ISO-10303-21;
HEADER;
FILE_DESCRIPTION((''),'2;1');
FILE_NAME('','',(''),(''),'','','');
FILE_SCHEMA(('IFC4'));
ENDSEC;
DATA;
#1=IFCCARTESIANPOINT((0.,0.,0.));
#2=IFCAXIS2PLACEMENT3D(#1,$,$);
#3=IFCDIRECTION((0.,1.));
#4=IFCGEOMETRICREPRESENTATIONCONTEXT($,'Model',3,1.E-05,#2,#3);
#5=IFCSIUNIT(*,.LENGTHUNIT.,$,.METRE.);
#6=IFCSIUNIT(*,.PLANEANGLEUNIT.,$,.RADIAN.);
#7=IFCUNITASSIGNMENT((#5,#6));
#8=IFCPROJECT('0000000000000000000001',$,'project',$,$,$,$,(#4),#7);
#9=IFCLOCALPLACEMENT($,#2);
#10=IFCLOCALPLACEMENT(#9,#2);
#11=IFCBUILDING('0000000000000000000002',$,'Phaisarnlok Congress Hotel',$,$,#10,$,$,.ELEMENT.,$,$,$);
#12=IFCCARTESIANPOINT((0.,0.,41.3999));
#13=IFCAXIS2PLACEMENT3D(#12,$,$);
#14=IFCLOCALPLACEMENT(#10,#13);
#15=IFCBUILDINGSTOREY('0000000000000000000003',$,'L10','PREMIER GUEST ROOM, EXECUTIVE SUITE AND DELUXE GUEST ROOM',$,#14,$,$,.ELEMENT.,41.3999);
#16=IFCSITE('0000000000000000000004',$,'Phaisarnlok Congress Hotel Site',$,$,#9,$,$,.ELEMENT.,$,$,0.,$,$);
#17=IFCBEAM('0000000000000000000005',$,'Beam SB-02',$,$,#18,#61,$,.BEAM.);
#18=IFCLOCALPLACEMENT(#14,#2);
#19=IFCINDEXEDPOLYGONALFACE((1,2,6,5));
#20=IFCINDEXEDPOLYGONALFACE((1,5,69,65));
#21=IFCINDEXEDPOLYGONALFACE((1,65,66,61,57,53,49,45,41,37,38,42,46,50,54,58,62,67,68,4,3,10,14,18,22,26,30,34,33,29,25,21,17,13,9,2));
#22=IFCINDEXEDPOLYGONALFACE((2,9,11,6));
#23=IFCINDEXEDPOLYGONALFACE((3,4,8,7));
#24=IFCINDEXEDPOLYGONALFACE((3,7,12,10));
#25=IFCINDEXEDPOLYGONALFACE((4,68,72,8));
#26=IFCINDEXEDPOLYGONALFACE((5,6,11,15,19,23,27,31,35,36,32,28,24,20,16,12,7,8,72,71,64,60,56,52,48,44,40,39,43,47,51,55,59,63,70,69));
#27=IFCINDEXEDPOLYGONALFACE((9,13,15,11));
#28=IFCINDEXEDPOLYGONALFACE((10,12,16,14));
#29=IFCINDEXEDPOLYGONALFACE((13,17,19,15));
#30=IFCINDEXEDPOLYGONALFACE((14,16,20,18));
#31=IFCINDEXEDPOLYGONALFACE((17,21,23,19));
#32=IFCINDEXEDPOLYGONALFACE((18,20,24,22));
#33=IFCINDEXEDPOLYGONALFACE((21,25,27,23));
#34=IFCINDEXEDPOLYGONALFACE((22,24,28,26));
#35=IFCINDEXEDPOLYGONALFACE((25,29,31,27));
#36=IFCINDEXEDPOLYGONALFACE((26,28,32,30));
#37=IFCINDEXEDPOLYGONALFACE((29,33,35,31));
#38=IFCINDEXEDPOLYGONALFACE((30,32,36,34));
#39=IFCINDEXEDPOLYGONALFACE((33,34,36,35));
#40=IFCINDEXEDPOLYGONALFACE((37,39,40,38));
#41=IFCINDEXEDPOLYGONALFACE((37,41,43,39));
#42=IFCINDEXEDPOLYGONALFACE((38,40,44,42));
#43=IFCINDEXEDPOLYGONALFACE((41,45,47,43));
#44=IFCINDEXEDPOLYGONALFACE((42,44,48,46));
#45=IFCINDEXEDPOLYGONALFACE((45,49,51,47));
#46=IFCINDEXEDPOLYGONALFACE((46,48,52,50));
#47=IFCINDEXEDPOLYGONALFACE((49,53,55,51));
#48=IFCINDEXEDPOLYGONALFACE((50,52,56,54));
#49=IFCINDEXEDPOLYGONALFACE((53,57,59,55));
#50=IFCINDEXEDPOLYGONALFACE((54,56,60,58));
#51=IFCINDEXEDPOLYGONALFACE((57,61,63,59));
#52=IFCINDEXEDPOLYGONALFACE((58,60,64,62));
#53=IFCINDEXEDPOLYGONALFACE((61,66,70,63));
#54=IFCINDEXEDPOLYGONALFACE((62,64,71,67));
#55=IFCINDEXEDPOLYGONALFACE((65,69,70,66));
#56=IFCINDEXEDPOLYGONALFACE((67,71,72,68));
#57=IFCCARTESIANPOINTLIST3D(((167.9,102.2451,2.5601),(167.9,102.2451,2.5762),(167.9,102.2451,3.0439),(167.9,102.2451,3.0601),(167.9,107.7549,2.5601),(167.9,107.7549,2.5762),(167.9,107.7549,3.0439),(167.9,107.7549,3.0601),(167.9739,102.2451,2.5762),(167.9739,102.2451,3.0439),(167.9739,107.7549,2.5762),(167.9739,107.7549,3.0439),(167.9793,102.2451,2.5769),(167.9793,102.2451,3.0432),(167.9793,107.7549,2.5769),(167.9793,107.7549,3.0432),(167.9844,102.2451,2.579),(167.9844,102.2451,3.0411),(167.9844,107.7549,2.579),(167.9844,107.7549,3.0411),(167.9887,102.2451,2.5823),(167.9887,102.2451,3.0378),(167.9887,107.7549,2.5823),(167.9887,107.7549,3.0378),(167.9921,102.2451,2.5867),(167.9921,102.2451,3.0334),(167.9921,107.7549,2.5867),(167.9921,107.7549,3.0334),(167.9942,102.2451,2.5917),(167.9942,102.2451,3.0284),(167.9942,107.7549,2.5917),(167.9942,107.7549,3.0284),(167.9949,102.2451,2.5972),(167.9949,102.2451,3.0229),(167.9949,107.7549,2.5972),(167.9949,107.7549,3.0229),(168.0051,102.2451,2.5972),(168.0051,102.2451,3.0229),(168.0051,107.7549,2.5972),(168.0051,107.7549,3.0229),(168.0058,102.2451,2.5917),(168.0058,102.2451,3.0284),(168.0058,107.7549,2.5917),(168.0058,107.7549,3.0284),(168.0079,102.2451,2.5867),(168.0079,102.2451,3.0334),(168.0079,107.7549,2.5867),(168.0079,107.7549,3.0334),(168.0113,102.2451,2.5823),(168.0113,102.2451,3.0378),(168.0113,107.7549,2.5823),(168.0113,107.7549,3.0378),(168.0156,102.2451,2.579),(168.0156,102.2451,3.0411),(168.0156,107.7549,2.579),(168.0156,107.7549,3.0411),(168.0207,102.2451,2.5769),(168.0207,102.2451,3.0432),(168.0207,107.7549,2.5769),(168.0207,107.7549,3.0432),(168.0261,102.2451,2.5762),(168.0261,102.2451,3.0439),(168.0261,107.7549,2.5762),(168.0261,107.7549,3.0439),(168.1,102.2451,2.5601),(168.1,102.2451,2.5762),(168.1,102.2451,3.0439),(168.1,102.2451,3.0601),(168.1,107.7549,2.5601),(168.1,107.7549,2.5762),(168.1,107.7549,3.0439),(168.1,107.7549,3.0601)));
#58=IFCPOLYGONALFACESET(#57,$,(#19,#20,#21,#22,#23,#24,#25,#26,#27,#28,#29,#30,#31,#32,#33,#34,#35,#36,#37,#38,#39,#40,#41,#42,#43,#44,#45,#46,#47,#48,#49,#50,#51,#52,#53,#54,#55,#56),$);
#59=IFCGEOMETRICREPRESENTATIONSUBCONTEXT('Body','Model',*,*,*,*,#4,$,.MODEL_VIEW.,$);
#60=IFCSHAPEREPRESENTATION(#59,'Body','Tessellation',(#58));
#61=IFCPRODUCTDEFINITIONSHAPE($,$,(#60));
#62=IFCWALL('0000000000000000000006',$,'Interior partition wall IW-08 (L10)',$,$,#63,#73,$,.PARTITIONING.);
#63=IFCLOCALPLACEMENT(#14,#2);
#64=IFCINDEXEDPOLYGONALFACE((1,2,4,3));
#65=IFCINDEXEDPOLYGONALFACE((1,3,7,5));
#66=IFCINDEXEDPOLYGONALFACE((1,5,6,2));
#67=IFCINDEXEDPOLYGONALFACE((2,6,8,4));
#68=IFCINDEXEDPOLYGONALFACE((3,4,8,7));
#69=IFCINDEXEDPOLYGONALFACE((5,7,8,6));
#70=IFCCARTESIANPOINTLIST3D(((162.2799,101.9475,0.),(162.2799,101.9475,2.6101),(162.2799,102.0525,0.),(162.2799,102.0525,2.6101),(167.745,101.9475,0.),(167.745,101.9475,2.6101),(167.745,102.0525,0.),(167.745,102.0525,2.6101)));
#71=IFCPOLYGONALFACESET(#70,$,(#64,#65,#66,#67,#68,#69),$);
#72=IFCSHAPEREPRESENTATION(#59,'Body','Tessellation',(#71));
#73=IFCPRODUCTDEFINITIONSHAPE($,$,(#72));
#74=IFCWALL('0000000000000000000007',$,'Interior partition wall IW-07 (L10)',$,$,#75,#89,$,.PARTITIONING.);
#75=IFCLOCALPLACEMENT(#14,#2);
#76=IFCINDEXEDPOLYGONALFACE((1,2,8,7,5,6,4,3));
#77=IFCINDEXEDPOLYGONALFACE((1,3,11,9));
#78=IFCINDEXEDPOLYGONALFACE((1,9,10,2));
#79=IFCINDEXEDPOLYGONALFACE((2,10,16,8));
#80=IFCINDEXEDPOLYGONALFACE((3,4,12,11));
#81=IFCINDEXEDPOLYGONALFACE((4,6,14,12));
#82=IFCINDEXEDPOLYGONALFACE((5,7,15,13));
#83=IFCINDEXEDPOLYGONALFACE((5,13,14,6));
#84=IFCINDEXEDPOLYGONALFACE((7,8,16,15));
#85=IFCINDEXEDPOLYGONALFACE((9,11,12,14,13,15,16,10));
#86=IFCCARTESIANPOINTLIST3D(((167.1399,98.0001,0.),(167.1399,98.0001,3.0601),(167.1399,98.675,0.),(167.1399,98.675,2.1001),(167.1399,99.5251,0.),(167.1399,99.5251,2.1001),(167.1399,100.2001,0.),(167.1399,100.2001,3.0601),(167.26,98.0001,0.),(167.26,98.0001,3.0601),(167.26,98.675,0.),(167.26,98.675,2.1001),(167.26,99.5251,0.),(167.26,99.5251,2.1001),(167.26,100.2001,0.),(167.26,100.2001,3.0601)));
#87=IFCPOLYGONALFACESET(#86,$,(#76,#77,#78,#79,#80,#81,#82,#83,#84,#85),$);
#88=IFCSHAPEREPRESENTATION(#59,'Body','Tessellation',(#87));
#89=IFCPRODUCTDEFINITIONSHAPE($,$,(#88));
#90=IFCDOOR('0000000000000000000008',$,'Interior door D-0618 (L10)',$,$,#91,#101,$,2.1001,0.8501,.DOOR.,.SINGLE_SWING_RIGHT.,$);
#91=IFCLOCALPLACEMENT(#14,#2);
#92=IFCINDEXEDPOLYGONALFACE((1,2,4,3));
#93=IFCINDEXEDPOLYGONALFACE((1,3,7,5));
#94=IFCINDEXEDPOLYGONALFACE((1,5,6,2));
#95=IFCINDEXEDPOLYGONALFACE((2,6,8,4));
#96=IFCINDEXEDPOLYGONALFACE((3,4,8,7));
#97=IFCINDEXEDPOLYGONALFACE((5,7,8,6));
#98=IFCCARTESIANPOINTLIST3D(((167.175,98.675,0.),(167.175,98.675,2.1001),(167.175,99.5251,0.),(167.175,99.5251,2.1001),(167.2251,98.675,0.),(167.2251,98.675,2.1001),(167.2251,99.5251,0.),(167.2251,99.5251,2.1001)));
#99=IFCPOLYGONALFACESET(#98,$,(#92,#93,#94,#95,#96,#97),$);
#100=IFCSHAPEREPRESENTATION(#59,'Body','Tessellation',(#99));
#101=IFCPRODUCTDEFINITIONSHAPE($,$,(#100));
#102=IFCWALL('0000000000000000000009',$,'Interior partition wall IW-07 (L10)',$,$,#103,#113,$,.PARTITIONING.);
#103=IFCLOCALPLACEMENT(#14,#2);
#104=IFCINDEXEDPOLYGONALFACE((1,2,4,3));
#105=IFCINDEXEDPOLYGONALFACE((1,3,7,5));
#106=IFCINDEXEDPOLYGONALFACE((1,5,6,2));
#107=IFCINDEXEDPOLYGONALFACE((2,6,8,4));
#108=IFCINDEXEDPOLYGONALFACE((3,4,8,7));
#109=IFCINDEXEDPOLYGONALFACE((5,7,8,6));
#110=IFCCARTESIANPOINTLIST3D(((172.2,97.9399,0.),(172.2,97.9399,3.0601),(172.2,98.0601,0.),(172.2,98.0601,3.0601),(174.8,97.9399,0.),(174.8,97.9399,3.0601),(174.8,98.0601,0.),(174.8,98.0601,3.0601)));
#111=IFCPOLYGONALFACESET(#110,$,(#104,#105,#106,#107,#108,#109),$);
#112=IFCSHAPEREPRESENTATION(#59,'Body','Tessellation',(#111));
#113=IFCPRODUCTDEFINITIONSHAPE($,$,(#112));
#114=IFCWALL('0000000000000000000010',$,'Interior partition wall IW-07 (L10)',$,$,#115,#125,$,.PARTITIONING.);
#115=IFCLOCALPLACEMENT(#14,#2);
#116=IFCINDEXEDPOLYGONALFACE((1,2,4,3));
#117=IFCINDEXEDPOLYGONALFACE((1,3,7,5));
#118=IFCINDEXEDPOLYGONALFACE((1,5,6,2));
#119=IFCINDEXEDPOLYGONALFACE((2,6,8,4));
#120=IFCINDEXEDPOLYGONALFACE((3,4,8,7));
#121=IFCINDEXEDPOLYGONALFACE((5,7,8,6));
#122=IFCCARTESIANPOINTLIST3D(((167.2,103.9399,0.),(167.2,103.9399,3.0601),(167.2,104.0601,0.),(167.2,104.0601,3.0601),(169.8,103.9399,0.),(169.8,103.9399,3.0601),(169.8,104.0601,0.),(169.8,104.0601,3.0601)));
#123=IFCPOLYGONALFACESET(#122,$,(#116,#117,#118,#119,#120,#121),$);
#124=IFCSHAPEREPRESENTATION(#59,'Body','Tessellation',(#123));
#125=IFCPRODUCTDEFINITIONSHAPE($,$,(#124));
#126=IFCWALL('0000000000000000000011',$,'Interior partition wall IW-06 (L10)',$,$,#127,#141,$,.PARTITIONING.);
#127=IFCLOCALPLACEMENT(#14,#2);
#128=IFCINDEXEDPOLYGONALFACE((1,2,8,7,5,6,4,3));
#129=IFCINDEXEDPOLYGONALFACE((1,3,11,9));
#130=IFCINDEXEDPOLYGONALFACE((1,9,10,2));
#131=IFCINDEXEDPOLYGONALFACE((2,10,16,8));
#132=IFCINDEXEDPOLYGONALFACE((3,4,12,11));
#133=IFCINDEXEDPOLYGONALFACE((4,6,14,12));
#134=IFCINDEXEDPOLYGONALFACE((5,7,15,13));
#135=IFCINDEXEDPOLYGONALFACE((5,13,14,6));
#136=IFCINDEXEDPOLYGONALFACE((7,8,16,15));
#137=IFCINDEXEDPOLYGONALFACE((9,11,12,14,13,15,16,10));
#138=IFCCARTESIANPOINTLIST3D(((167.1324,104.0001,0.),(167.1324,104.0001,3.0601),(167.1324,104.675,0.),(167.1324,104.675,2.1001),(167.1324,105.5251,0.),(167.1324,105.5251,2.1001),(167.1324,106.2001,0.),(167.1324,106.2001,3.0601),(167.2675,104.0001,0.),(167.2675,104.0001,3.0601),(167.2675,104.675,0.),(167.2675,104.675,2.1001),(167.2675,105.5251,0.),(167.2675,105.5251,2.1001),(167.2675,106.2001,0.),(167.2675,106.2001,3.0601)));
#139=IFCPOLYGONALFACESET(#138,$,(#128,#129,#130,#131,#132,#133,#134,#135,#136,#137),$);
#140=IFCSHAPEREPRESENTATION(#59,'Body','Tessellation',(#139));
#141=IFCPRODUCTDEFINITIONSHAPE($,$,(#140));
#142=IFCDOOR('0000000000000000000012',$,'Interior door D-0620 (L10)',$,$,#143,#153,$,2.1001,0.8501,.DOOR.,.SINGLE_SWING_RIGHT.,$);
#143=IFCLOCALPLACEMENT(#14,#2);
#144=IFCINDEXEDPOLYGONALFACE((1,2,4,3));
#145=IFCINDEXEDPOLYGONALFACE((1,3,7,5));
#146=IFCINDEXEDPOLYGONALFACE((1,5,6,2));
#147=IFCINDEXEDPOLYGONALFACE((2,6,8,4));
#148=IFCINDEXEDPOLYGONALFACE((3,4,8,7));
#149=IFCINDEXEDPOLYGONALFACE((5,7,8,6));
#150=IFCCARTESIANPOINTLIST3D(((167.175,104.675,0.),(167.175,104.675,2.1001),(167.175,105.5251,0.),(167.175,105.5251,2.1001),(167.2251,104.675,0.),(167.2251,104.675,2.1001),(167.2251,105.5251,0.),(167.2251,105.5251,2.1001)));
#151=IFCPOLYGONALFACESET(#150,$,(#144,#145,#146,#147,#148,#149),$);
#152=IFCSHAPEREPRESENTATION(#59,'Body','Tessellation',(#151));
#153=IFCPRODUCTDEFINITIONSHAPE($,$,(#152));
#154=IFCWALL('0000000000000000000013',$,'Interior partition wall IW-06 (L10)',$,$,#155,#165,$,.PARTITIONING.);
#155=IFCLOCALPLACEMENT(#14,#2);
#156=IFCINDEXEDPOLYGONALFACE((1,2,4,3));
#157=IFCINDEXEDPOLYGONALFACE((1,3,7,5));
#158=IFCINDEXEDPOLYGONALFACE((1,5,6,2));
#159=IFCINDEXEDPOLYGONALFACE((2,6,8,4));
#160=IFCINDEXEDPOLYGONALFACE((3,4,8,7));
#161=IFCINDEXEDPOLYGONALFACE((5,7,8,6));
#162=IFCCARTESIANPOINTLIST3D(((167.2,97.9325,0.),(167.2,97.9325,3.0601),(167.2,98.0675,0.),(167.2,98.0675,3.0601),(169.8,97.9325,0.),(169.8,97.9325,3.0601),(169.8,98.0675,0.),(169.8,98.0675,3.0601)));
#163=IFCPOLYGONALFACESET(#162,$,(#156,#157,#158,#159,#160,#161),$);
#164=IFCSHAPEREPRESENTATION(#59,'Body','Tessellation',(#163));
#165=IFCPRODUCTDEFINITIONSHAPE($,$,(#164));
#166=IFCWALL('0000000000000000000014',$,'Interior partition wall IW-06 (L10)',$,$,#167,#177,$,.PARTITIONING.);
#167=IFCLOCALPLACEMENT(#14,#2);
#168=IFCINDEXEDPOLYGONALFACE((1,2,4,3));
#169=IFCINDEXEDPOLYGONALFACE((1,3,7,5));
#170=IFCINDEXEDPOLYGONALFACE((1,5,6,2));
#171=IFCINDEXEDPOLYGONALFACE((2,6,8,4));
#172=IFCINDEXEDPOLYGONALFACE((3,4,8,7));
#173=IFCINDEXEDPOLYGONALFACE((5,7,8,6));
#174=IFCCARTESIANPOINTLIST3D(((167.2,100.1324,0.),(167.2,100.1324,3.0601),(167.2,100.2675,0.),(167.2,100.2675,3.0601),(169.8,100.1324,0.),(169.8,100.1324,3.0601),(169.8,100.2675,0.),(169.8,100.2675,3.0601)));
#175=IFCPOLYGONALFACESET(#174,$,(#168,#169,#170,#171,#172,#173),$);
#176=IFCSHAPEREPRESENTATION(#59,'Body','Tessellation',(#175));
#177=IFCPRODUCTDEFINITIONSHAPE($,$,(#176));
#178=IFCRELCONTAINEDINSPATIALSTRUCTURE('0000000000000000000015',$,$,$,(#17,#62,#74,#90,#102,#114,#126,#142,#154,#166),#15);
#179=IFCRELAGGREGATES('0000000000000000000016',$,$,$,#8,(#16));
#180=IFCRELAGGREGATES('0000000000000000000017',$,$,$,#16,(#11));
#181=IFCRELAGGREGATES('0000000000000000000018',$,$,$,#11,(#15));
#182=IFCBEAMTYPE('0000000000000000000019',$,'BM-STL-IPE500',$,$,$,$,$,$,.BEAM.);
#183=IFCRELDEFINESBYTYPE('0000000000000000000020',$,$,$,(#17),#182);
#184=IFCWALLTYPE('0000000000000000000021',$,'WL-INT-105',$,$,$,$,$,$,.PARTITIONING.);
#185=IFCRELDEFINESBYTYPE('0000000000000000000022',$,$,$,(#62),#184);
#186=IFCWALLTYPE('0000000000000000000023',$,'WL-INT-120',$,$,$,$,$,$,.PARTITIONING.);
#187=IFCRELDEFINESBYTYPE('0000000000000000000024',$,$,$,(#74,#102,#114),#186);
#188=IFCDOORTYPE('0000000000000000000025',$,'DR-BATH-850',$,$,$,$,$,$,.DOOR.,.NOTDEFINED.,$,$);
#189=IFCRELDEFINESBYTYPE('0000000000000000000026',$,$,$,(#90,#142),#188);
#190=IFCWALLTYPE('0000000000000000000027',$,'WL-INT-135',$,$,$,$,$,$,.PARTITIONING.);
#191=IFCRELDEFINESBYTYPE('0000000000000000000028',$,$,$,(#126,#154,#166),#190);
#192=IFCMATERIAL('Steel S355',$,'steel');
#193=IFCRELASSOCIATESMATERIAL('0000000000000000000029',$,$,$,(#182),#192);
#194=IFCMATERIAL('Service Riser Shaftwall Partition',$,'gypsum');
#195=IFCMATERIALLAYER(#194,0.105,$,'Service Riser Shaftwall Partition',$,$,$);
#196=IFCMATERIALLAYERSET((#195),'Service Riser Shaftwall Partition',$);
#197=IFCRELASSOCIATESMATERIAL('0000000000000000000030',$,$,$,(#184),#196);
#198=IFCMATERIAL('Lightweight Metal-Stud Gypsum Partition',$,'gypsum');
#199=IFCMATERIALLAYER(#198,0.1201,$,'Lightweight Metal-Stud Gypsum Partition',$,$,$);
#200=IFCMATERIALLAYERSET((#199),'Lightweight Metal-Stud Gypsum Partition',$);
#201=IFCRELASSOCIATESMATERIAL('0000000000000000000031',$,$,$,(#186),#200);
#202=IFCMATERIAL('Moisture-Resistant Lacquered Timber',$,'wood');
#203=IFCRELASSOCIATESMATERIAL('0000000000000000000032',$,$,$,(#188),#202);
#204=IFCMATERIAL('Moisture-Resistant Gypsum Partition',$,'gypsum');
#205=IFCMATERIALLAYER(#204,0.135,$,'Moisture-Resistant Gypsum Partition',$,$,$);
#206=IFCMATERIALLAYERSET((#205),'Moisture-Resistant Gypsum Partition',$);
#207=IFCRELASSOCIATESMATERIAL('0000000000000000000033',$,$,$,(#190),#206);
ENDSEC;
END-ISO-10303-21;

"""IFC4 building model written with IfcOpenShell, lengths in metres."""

from ifc_helpers import new_model, si_unit, direction, frame, frame_2d, origin, origin_2d, place, context, subcontext, project, spatial, rectangle, i_section, extrude, material, layer, layer_set, material_profile, profile_set, type_object, element, fill, save


model = new_model("IFC4")

# Units and contexts
model_context = context("Model", 3, precision=1e-05, world=origin(), true_north=direction((0.0, 1.0)))
body_context = subcontext(model_context, "Body", "Model", "MODEL_VIEW")
ifc_project = project(units=[si_unit("LENGTHUNIT", "METRE"), si_unit("PLANEANGLEUNIT", "RADIAN")], contexts=[model_context])

# Site, building, storey
site_placement = place(None, origin())
site = spatial("IfcSite", under=ifc_project, at=site_placement, Name="Phaisarnlok Congress Hotel Site", CompositionType="ELEMENT", RefElevation=0.0)
building_placement = place(site_placement, origin())
building = spatial("IfcBuilding", under=site, at=building_placement, Name="Phaisarnlok Congress Hotel", CompositionType="ELEMENT")
storey_placement = place(building_placement, frame((0.0, 0.0, 41.3999)))
storey = spatial("IfcBuildingStorey", under=building, at=storey_placement, Name="L10", Description="PREMIER GUEST ROOM, EXECUTIVE SUITE AND DELUXE GUEST ROOM", CompositionType="ELEMENT", Elevation=41.3999)

# Beam
ifc_material_1 = material(Name="Steel S355", Category="steel")
ifc_material_profile_1 = material_profile(ifc_material_1, i_section(OverallWidth=0.2, OverallDepth=0.5, WebThickness=0.0103, FlangeThickness=0.0161, FilletRadius=0.021, at=origin_2d()), Name="IPE 500")
ifc_profile_set_1 = profile_set([ifc_material_profile_1], Name="Steel S355")
beam_type_1 = type_object("IfcBeamType", Name="BM-STL-IPE500", PredefinedType="BEAM", material=ifc_profile_set_1)
beam_1_placement = place(storey_placement, frame((168.0, 102.2451, 2.8101), z_axis=(0.0, 1.0, 0.0), x_axis=(-1.0, 0.0, 0.0)))
element("IfcBeam", 1, at=beam_1_placement, inside=storey, type_object=beam_type_1, Name="Beam SB-02", PredefinedType="BEAM", context=body_context, shape_type="SweptSolid", body=[
    extrude(i_section(OverallWidth=0.2, OverallDepth=0.5, WebThickness=0.0103, FlangeThickness=0.0161, FilletRadius=0.021, at=origin_2d()), origin(), (0.0, 0.0, 1.0), 5.5098),
])

# Wall
ifc_material_2 = material(Name="Service Riser Shaftwall Partition", Category="gypsum")
ifc_layer_1 = layer(ifc_material_2, 0.105, Name="Service Riser Shaftwall Partition")
ifc_layer_set_1 = layer_set([ifc_layer_1], Name="Service Riser Shaftwall Partition")
wall_type_1 = type_object("IfcWallType", Name="WL-INT-105", PredefinedType="PARTITIONING", material=ifc_layer_set_1)
wall_1_placement = place(storey_placement, frame((162.28, 102.0, 0.0), z_axis=(0.0, 0.0, 1.0), x_axis=(1.0, 0.0, 0.0)))
element("IfcWall", 2, at=wall_1_placement, inside=storey, type_object=wall_type_1, Name="Interior partition wall IW-08 (L10)", PredefinedType="PARTITIONING", context=body_context, shape_type="SweptSolid", body=[
    extrude(rectangle(XDim=5.4651, YDim=0.105, at=frame_2d((2.7324, 0.0))), origin(), (0.0, 0.0, 1.0), 2.6101),
])

# Wall, opening, door
ifc_material_3 = material(Name="Lightweight Metal-Stud Gypsum Partition", Category="gypsum")
ifc_layer_2 = layer(ifc_material_3, 0.1201, Name="Lightweight Metal-Stud Gypsum Partition")
ifc_layer_set_2 = layer_set([ifc_layer_2], Name="Lightweight Metal-Stud Gypsum Partition")
wall_type_2 = type_object("IfcWallType", Name="WL-INT-120", PredefinedType="PARTITIONING", material=ifc_layer_set_2)
wall_2_placement = place(storey_placement, frame((167.2, 98.0, 0.0), z_axis=(0.0, 0.0, 1.0), x_axis=(0.0, 1.0, 0.0)))
wall_2 = element("IfcWall", 3, at=wall_2_placement, inside=storey, type_object=wall_type_2, Name="Interior partition wall IW-07 (L10)", PredefinedType="PARTITIONING", context=body_context, shape_type="SweptSolid", body=[
    extrude(rectangle(XDim=2.2, YDim=0.1201, at=frame_2d((1.1001, 0.0))), origin(), (0.0, 0.0, 1.0), 3.0601),
])
opening_1_placement = place(wall_2_placement, frame((0.675, 0.0, 0.0)))
opening_1 = element("IfcOpeningElement", 4, at=opening_1_placement, cuts=wall_2, PredefinedType="OPENING", context=body_context, shape_type="SweptSolid", body=[
    extrude(rectangle(XDim=0.8501, YDim=2.1001, at=frame_2d((0.425, 1.05))), frame((0.0, 0.0701, 0.0), z_axis=(0.0, -1.0, 0.0), x_axis=(1.0, 0.0, 0.0)), (0.0, 0.0, 1.0), 0.1401),
])
ifc_material_4 = material(Name="Moisture-Resistant Lacquered Timber", Category="wood")
door_type = type_object("IfcDoorType", Name="DR-BATH-850", OperationType="NOTDEFINED", PredefinedType="DOOR", material=ifc_material_4)
door_1_placement = place(opening_1_placement, origin())
door_1 = element("IfcDoor", 5, at=door_1_placement, inside=storey, type_object=door_type, Name="Interior door D-0618 (L10)", OperationType="SINGLE_SWING_RIGHT", OverallHeight=2.1001, OverallWidth=0.8501, PredefinedType="DOOR", context=body_context, shape_type="SweptSolid", body=[
    extrude(rectangle(XDim=0.8501, YDim=2.1001, at=frame_2d((0.425, 1.05))), frame((0.0, 0.0249, 0.0), z_axis=(0.0, -1.0, 0.0), x_axis=(1.0, 0.0, 0.0)), (0.0, 0.0, 1.0), 0.05),
])
fill(opening_1, door_1)

# Walls
for number, where, z_axis, x_axis, name in (
    (6, (172.2, 98.0, 0.0), (0.0, 0.0, 1.0), (1.0, 0.0, 0.0), "Interior partition wall IW-07 (L10)"),
    (7, (167.2, 104.0, 0.0), (0.0, 0.0, 1.0), (1.0, 0.0, 0.0), "Interior partition wall IW-07 (L10)"),
):
    element("IfcWall", number, at=place(storey_placement, frame(where, z_axis=z_axis, x_axis=x_axis)), inside=storey, type_object=wall_type_2, Name=name, PredefinedType="PARTITIONING", context=body_context, shape_type="SweptSolid", body=[
        extrude(rectangle(XDim=2.6001, YDim=0.1201, at=frame_2d((1.3, 0.0))), origin(), (0.0, 0.0, 1.0), 3.0601),
    ])

# Wall, opening, door
ifc_material_5 = material(Name="Moisture-Resistant Gypsum Partition", Category="gypsum")
ifc_layer_3 = layer(ifc_material_5, 0.135, Name="Moisture-Resistant Gypsum Partition")
ifc_layer_set_3 = layer_set([ifc_layer_3], Name="Moisture-Resistant Gypsum Partition")
wall_type_3 = type_object("IfcWallType", Name="WL-INT-135", PredefinedType="PARTITIONING", material=ifc_layer_set_3)
wall_3_placement = place(storey_placement, frame((167.2, 104.0, 0.0), z_axis=(0.0, 0.0, 1.0), x_axis=(0.0, 1.0, 0.0)))
wall_3 = element("IfcWall", 8, at=wall_3_placement, inside=storey, type_object=wall_type_3, Name="Interior partition wall IW-06 (L10)", PredefinedType="PARTITIONING", context=body_context, shape_type="SweptSolid", body=[
    extrude(rectangle(XDim=2.2, YDim=0.135, at=frame_2d((1.1001, 0.0))), origin(), (0.0, 0.0, 1.0), 3.0601),
])
opening_2_placement = place(wall_3_placement, frame((0.675, 0.0, 0.0)))
opening_2 = element("IfcOpeningElement", 9, at=opening_2_placement, cuts=wall_3, PredefinedType="OPENING", context=body_context, shape_type="SweptSolid", body=[
    extrude(rectangle(XDim=0.8501, YDim=2.1001, at=frame_2d((0.425, 1.05))), frame((0.0, 0.0776, 0.0), z_axis=(0.0, -1.0, 0.0), x_axis=(1.0, 0.0, 0.0)), (0.0, 0.0, 1.0), 0.155),
])
door_2_placement = place(opening_2_placement, origin())
door_2 = element("IfcDoor", 10, at=door_2_placement, inside=storey, type_object=door_type, Name="Interior door D-0620 (L10)", OperationType="SINGLE_SWING_RIGHT", OverallHeight=2.1001, OverallWidth=0.8501, PredefinedType="DOOR", context=body_context, shape_type="SweptSolid", body=[
    extrude(rectangle(XDim=0.8501, YDim=2.1001, at=frame_2d((0.425, 1.05))), frame((0.0, 0.0249, 0.0), z_axis=(0.0, -1.0, 0.0), x_axis=(1.0, 0.0, 0.0)), (0.0, 0.0, 1.0), 0.05),
])
fill(opening_2, door_2)

# Walls
for number, where, z_axis, x_axis, name in (
    (11, (167.2, 98.0, 0.0), (0.0, 0.0, 1.0), (1.0, 0.0, 0.0), "Interior partition wall IW-06 (L10)"),
    (12, (167.2, 100.2, 0.0), (0.0, 0.0, 1.0), (1.0, 0.0, 0.0), "Interior partition wall IW-06 (L10)"),
):
    element("IfcWall", number, at=place(storey_placement, frame(where, z_axis=z_axis, x_axis=x_axis)), inside=storey, type_object=wall_type_3, Name=name, PredefinedType="PARTITIONING", context=body_context, shape_type="SweptSolid", body=[
        extrude(rectangle(XDim=2.6001, YDim=0.135, at=frame_2d((1.3, 0.0))), origin(), (0.0, 0.0, 1.0), 3.0601),
    ])

save(model, "model.ifc")
